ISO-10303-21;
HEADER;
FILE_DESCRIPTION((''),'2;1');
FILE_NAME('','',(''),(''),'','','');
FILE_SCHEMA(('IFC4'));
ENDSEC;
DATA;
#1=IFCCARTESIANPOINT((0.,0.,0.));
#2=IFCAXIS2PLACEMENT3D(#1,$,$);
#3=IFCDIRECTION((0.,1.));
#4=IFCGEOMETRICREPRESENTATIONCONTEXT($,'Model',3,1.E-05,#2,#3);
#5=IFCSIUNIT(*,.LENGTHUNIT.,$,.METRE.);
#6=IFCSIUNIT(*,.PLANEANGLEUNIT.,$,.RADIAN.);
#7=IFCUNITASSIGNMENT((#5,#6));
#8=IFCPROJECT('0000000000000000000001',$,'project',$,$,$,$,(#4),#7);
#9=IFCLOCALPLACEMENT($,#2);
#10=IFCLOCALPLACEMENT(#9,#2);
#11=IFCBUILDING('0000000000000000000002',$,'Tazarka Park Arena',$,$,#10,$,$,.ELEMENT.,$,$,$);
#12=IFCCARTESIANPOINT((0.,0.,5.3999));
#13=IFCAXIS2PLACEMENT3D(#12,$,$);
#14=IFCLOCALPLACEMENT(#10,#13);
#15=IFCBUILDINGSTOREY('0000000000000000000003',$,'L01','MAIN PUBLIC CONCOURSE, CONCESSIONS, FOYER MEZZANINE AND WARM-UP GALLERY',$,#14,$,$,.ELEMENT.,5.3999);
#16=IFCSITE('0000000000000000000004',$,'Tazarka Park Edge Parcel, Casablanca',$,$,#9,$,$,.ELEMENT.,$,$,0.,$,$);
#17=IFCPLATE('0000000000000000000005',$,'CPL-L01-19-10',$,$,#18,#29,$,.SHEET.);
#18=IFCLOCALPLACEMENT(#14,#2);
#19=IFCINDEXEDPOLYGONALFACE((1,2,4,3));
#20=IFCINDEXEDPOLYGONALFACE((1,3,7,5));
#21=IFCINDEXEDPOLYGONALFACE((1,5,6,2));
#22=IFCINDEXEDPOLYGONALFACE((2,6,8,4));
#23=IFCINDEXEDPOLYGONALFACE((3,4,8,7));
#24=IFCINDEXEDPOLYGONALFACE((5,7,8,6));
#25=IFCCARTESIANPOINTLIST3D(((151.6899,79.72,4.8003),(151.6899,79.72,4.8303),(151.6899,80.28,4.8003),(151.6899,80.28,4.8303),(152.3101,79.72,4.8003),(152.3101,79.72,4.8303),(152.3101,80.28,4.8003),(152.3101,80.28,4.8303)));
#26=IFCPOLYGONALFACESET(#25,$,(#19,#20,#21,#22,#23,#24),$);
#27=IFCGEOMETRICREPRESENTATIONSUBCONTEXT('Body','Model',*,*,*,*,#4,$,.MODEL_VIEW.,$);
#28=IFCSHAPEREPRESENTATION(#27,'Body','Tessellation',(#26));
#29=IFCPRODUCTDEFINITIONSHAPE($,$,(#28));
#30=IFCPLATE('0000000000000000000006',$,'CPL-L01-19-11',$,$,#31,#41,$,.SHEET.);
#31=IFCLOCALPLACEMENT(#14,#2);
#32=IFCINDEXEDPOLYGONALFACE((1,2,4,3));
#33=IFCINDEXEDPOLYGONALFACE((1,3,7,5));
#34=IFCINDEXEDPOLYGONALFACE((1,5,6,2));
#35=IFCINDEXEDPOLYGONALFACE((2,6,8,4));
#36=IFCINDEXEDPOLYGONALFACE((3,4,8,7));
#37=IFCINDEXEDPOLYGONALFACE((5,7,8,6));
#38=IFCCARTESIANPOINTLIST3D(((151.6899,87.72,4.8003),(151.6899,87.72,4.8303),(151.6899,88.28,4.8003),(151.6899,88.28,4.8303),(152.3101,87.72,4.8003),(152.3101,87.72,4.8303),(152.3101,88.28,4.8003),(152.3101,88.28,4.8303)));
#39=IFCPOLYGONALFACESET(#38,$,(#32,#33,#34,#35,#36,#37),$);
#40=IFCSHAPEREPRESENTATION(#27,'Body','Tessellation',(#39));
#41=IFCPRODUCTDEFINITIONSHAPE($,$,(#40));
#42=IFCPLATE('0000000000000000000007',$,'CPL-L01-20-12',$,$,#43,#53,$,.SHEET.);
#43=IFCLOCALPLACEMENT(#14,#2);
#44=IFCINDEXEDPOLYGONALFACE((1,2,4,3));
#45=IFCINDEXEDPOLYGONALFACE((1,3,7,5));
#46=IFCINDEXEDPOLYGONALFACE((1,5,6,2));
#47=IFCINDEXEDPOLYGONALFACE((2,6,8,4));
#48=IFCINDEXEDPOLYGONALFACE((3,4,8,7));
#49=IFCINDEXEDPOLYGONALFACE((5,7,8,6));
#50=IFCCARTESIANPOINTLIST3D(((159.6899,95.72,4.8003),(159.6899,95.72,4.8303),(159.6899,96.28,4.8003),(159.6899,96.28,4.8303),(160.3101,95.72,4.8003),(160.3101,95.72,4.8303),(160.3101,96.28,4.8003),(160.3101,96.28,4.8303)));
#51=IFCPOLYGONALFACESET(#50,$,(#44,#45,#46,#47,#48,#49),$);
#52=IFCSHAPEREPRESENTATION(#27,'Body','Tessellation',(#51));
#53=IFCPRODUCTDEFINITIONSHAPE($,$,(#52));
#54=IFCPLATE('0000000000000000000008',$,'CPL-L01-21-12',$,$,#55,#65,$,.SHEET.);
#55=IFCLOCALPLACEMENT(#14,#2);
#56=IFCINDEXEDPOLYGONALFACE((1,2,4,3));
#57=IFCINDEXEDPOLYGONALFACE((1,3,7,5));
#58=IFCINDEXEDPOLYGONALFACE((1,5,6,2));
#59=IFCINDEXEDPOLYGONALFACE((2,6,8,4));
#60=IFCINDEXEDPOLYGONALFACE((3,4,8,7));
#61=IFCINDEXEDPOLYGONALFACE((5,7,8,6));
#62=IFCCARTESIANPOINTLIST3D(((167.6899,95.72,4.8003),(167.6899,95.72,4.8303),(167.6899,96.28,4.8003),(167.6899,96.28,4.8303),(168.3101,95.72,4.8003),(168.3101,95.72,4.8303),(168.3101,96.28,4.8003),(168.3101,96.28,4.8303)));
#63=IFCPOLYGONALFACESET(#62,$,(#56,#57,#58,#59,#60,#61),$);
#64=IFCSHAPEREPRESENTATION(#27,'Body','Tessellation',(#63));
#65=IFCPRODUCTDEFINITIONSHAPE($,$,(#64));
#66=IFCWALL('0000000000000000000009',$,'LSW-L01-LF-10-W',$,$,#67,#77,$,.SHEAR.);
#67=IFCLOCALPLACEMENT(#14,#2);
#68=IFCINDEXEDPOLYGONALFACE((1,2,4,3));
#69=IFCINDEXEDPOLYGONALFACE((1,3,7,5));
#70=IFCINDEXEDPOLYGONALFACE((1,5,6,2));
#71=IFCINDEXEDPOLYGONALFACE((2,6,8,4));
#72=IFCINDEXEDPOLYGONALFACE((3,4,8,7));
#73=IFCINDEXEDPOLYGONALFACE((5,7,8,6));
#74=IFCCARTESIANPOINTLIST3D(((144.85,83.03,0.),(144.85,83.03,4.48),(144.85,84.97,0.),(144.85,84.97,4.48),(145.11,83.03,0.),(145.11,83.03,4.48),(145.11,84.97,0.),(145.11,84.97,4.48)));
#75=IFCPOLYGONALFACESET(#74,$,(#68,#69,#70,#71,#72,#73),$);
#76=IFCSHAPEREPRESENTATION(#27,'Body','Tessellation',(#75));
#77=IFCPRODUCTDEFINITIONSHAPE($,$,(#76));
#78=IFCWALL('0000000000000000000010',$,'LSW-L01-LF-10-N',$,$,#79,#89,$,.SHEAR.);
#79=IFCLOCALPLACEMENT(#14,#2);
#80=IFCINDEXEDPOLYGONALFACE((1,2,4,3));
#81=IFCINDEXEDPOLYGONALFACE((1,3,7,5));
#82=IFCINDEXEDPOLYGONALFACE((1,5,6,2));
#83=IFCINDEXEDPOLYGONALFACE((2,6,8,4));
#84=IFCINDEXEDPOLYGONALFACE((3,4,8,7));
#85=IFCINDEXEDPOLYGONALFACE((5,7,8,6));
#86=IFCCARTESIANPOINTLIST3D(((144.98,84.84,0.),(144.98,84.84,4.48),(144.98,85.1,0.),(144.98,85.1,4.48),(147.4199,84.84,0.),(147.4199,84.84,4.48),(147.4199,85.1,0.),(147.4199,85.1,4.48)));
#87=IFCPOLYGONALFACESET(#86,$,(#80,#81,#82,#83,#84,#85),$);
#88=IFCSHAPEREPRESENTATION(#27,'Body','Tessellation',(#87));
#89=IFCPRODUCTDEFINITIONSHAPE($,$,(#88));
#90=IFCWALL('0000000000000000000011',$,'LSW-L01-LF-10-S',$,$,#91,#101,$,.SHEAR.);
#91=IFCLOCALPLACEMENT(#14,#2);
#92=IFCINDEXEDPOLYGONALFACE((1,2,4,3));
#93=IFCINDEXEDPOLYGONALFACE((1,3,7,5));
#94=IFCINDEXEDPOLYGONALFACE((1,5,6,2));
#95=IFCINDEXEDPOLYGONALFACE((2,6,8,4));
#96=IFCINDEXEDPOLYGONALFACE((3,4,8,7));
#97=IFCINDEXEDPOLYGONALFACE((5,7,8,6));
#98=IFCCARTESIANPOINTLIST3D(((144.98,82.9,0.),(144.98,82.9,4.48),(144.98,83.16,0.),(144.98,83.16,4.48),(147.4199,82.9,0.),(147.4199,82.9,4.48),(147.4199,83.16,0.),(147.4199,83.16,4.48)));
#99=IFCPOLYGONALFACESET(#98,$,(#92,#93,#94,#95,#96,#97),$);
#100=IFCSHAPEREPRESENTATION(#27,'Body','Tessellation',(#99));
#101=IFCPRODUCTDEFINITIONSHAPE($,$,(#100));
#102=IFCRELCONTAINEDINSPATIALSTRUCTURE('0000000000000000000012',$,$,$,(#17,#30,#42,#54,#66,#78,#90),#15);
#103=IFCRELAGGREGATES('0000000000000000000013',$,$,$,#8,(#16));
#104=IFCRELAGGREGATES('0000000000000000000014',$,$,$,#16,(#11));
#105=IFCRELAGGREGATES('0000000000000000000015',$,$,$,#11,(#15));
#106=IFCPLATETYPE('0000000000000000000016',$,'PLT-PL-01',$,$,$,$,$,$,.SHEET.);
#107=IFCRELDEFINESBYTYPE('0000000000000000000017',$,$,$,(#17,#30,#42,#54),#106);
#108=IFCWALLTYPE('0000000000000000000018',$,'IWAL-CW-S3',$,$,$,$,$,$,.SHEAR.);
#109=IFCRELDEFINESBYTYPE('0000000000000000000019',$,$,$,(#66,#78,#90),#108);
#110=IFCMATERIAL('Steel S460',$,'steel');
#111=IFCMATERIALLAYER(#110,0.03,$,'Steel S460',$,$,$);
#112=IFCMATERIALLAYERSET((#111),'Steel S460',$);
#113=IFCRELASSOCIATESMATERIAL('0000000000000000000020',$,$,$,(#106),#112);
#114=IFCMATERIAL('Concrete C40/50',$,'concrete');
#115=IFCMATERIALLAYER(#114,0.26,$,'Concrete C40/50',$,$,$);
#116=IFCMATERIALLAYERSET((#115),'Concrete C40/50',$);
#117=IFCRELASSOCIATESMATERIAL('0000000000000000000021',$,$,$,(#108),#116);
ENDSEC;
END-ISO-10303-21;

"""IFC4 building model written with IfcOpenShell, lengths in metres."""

from ifc_helpers import new_model, si_unit, direction, frame, frame_2d, origin, origin_2d, place, context, subcontext, project, spatial, rectangle, extrude, material, layer, layer_set, type_object, element, save


model = new_model("IFC4")

# Units and contexts
model_context = context("Model", 3, precision=1e-05, world=origin(), true_north=direction((0.0, 1.0)))
body_context = subcontext(model_context, "Body", "Model", "MODEL_VIEW")
ifc_project = project(units=[si_unit("LENGTHUNIT", "METRE"), si_unit("PLANEANGLEUNIT", "RADIAN")], contexts=[model_context])

# Site, building, storey
site_placement = place(None, origin())
site = spatial("IfcSite", under=ifc_project, at=site_placement, Name="Tazarka Park Edge Parcel, Casablanca", CompositionType="ELEMENT", RefElevation=0.0)
building_placement = place(site_placement, origin())
building = spatial("IfcBuilding", under=site, at=building_placement, Name="Tazarka Park Arena", CompositionType="ELEMENT")
storey_placement = place(building_placement, frame((0.0, 0.0, 5.3999)))
storey = spatial("IfcBuildingStorey", under=building, at=storey_placement, Name="L01", Description="MAIN PUBLIC CONCOURSE, CONCESSIONS, FOYER MEZZANINE AND WARM-UP GALLERY", CompositionType="ELEMENT", Elevation=5.3999)

# Plates
ifc_material_1 = material(Name="Steel S460", Category="steel")
ifc_layer_1 = layer(ifc_material_1, 0.03, Name="Steel S460")
ifc_layer_set_1 = layer_set([ifc_layer_1], Name="Steel S460")
plate_type = type_object("IfcPlateType", Name="PLT-PL-01", PredefinedType="SHEET", material=ifc_layer_set_1)
for number, where, z_axis, x_axis, name in (
    (1, (152.0, 80.0, 4.8003), (0.0, 0.0, 1.0), (1.0, 0.0, 0.0), "CPL-L01-19-10"),
    (2, (152.0, 88.0, 4.8003), (0.0, 0.0, 1.0), (1.0, 0.0, 0.0), "CPL-L01-19-11"),
    (3, (160.0, 96.0, 4.8003), (0.0, 0.0, 1.0), (1.0, 0.0, 0.0), "CPL-L01-20-12"),
    (4, (168.0, 96.0, 4.8003), (0.0, 0.0, 1.0), (1.0, 0.0, 0.0), "CPL-L01-21-12"),
):
    element("IfcPlate", number, at=place(storey_placement, frame(where, z_axis=z_axis, x_axis=x_axis)), inside=storey, type_object=plate_type, Name=name, PredefinedType="SHEET", context=body_context, shape_type="SweptSolid", body=[
        extrude(rectangle(XDim=0.6201, YDim=0.5601, at=origin_2d()), origin(), (0.0, 0.0, 1.0), 0.03),
    ])

# Walls
ifc_material_2 = material(Name="Concrete C40/50", Category="concrete")
ifc_layer_2 = layer(ifc_material_2, 0.26, Name="Concrete C40/50")
ifc_layer_set_2 = layer_set([ifc_layer_2], Name="Concrete C40/50")
wall_type = type_object("IfcWallType", Name="IWAL-CW-S3", PredefinedType="SHEAR", material=ifc_layer_set_2)
wall_1_placement = place(storey_placement, frame((144.98, 83.03, 0.0), z_axis=(0.0, 0.0, 1.0), x_axis=(0.0, 1.0, 0.0)))
element("IfcWall", 5, at=wall_1_placement, inside=storey, type_object=wall_type, Name="LSW-L01-LF-10-W", PredefinedType="SHEAR", context=body_context, shape_type="SweptSolid", body=[
    extrude(rectangle(XDim=1.9399, YDim=0.26, at=frame_2d((0.97, 0.0))), origin(), (0.0, 0.0, 1.0), 4.48),
])
for number, where, z_axis, x_axis, name in (
    (6, (144.98, 84.97, 0.0), (0.0, 0.0, 1.0), (1.0, 0.0, 0.0), "LSW-L01-LF-10-N"),
    (7, (147.4199, 83.03, 0.0), (0.0, 0.0, 1.0), (-1.0, 0.0, 0.0), "LSW-L01-LF-10-S"),
):
    element("IfcWall", number, at=place(storey_placement, frame(where, z_axis=z_axis, x_axis=x_axis)), inside=storey, type_object=wall_type, Name=name, PredefinedType="SHEAR", context=body_context, shape_type="SweptSolid", body=[
        extrude(rectangle(XDim=2.4399, YDim=0.26, at=frame_2d((1.22, 0.0))), origin(), (0.0, 0.0, 1.0), 4.48),
    ])

save(model, "model.ifc")
